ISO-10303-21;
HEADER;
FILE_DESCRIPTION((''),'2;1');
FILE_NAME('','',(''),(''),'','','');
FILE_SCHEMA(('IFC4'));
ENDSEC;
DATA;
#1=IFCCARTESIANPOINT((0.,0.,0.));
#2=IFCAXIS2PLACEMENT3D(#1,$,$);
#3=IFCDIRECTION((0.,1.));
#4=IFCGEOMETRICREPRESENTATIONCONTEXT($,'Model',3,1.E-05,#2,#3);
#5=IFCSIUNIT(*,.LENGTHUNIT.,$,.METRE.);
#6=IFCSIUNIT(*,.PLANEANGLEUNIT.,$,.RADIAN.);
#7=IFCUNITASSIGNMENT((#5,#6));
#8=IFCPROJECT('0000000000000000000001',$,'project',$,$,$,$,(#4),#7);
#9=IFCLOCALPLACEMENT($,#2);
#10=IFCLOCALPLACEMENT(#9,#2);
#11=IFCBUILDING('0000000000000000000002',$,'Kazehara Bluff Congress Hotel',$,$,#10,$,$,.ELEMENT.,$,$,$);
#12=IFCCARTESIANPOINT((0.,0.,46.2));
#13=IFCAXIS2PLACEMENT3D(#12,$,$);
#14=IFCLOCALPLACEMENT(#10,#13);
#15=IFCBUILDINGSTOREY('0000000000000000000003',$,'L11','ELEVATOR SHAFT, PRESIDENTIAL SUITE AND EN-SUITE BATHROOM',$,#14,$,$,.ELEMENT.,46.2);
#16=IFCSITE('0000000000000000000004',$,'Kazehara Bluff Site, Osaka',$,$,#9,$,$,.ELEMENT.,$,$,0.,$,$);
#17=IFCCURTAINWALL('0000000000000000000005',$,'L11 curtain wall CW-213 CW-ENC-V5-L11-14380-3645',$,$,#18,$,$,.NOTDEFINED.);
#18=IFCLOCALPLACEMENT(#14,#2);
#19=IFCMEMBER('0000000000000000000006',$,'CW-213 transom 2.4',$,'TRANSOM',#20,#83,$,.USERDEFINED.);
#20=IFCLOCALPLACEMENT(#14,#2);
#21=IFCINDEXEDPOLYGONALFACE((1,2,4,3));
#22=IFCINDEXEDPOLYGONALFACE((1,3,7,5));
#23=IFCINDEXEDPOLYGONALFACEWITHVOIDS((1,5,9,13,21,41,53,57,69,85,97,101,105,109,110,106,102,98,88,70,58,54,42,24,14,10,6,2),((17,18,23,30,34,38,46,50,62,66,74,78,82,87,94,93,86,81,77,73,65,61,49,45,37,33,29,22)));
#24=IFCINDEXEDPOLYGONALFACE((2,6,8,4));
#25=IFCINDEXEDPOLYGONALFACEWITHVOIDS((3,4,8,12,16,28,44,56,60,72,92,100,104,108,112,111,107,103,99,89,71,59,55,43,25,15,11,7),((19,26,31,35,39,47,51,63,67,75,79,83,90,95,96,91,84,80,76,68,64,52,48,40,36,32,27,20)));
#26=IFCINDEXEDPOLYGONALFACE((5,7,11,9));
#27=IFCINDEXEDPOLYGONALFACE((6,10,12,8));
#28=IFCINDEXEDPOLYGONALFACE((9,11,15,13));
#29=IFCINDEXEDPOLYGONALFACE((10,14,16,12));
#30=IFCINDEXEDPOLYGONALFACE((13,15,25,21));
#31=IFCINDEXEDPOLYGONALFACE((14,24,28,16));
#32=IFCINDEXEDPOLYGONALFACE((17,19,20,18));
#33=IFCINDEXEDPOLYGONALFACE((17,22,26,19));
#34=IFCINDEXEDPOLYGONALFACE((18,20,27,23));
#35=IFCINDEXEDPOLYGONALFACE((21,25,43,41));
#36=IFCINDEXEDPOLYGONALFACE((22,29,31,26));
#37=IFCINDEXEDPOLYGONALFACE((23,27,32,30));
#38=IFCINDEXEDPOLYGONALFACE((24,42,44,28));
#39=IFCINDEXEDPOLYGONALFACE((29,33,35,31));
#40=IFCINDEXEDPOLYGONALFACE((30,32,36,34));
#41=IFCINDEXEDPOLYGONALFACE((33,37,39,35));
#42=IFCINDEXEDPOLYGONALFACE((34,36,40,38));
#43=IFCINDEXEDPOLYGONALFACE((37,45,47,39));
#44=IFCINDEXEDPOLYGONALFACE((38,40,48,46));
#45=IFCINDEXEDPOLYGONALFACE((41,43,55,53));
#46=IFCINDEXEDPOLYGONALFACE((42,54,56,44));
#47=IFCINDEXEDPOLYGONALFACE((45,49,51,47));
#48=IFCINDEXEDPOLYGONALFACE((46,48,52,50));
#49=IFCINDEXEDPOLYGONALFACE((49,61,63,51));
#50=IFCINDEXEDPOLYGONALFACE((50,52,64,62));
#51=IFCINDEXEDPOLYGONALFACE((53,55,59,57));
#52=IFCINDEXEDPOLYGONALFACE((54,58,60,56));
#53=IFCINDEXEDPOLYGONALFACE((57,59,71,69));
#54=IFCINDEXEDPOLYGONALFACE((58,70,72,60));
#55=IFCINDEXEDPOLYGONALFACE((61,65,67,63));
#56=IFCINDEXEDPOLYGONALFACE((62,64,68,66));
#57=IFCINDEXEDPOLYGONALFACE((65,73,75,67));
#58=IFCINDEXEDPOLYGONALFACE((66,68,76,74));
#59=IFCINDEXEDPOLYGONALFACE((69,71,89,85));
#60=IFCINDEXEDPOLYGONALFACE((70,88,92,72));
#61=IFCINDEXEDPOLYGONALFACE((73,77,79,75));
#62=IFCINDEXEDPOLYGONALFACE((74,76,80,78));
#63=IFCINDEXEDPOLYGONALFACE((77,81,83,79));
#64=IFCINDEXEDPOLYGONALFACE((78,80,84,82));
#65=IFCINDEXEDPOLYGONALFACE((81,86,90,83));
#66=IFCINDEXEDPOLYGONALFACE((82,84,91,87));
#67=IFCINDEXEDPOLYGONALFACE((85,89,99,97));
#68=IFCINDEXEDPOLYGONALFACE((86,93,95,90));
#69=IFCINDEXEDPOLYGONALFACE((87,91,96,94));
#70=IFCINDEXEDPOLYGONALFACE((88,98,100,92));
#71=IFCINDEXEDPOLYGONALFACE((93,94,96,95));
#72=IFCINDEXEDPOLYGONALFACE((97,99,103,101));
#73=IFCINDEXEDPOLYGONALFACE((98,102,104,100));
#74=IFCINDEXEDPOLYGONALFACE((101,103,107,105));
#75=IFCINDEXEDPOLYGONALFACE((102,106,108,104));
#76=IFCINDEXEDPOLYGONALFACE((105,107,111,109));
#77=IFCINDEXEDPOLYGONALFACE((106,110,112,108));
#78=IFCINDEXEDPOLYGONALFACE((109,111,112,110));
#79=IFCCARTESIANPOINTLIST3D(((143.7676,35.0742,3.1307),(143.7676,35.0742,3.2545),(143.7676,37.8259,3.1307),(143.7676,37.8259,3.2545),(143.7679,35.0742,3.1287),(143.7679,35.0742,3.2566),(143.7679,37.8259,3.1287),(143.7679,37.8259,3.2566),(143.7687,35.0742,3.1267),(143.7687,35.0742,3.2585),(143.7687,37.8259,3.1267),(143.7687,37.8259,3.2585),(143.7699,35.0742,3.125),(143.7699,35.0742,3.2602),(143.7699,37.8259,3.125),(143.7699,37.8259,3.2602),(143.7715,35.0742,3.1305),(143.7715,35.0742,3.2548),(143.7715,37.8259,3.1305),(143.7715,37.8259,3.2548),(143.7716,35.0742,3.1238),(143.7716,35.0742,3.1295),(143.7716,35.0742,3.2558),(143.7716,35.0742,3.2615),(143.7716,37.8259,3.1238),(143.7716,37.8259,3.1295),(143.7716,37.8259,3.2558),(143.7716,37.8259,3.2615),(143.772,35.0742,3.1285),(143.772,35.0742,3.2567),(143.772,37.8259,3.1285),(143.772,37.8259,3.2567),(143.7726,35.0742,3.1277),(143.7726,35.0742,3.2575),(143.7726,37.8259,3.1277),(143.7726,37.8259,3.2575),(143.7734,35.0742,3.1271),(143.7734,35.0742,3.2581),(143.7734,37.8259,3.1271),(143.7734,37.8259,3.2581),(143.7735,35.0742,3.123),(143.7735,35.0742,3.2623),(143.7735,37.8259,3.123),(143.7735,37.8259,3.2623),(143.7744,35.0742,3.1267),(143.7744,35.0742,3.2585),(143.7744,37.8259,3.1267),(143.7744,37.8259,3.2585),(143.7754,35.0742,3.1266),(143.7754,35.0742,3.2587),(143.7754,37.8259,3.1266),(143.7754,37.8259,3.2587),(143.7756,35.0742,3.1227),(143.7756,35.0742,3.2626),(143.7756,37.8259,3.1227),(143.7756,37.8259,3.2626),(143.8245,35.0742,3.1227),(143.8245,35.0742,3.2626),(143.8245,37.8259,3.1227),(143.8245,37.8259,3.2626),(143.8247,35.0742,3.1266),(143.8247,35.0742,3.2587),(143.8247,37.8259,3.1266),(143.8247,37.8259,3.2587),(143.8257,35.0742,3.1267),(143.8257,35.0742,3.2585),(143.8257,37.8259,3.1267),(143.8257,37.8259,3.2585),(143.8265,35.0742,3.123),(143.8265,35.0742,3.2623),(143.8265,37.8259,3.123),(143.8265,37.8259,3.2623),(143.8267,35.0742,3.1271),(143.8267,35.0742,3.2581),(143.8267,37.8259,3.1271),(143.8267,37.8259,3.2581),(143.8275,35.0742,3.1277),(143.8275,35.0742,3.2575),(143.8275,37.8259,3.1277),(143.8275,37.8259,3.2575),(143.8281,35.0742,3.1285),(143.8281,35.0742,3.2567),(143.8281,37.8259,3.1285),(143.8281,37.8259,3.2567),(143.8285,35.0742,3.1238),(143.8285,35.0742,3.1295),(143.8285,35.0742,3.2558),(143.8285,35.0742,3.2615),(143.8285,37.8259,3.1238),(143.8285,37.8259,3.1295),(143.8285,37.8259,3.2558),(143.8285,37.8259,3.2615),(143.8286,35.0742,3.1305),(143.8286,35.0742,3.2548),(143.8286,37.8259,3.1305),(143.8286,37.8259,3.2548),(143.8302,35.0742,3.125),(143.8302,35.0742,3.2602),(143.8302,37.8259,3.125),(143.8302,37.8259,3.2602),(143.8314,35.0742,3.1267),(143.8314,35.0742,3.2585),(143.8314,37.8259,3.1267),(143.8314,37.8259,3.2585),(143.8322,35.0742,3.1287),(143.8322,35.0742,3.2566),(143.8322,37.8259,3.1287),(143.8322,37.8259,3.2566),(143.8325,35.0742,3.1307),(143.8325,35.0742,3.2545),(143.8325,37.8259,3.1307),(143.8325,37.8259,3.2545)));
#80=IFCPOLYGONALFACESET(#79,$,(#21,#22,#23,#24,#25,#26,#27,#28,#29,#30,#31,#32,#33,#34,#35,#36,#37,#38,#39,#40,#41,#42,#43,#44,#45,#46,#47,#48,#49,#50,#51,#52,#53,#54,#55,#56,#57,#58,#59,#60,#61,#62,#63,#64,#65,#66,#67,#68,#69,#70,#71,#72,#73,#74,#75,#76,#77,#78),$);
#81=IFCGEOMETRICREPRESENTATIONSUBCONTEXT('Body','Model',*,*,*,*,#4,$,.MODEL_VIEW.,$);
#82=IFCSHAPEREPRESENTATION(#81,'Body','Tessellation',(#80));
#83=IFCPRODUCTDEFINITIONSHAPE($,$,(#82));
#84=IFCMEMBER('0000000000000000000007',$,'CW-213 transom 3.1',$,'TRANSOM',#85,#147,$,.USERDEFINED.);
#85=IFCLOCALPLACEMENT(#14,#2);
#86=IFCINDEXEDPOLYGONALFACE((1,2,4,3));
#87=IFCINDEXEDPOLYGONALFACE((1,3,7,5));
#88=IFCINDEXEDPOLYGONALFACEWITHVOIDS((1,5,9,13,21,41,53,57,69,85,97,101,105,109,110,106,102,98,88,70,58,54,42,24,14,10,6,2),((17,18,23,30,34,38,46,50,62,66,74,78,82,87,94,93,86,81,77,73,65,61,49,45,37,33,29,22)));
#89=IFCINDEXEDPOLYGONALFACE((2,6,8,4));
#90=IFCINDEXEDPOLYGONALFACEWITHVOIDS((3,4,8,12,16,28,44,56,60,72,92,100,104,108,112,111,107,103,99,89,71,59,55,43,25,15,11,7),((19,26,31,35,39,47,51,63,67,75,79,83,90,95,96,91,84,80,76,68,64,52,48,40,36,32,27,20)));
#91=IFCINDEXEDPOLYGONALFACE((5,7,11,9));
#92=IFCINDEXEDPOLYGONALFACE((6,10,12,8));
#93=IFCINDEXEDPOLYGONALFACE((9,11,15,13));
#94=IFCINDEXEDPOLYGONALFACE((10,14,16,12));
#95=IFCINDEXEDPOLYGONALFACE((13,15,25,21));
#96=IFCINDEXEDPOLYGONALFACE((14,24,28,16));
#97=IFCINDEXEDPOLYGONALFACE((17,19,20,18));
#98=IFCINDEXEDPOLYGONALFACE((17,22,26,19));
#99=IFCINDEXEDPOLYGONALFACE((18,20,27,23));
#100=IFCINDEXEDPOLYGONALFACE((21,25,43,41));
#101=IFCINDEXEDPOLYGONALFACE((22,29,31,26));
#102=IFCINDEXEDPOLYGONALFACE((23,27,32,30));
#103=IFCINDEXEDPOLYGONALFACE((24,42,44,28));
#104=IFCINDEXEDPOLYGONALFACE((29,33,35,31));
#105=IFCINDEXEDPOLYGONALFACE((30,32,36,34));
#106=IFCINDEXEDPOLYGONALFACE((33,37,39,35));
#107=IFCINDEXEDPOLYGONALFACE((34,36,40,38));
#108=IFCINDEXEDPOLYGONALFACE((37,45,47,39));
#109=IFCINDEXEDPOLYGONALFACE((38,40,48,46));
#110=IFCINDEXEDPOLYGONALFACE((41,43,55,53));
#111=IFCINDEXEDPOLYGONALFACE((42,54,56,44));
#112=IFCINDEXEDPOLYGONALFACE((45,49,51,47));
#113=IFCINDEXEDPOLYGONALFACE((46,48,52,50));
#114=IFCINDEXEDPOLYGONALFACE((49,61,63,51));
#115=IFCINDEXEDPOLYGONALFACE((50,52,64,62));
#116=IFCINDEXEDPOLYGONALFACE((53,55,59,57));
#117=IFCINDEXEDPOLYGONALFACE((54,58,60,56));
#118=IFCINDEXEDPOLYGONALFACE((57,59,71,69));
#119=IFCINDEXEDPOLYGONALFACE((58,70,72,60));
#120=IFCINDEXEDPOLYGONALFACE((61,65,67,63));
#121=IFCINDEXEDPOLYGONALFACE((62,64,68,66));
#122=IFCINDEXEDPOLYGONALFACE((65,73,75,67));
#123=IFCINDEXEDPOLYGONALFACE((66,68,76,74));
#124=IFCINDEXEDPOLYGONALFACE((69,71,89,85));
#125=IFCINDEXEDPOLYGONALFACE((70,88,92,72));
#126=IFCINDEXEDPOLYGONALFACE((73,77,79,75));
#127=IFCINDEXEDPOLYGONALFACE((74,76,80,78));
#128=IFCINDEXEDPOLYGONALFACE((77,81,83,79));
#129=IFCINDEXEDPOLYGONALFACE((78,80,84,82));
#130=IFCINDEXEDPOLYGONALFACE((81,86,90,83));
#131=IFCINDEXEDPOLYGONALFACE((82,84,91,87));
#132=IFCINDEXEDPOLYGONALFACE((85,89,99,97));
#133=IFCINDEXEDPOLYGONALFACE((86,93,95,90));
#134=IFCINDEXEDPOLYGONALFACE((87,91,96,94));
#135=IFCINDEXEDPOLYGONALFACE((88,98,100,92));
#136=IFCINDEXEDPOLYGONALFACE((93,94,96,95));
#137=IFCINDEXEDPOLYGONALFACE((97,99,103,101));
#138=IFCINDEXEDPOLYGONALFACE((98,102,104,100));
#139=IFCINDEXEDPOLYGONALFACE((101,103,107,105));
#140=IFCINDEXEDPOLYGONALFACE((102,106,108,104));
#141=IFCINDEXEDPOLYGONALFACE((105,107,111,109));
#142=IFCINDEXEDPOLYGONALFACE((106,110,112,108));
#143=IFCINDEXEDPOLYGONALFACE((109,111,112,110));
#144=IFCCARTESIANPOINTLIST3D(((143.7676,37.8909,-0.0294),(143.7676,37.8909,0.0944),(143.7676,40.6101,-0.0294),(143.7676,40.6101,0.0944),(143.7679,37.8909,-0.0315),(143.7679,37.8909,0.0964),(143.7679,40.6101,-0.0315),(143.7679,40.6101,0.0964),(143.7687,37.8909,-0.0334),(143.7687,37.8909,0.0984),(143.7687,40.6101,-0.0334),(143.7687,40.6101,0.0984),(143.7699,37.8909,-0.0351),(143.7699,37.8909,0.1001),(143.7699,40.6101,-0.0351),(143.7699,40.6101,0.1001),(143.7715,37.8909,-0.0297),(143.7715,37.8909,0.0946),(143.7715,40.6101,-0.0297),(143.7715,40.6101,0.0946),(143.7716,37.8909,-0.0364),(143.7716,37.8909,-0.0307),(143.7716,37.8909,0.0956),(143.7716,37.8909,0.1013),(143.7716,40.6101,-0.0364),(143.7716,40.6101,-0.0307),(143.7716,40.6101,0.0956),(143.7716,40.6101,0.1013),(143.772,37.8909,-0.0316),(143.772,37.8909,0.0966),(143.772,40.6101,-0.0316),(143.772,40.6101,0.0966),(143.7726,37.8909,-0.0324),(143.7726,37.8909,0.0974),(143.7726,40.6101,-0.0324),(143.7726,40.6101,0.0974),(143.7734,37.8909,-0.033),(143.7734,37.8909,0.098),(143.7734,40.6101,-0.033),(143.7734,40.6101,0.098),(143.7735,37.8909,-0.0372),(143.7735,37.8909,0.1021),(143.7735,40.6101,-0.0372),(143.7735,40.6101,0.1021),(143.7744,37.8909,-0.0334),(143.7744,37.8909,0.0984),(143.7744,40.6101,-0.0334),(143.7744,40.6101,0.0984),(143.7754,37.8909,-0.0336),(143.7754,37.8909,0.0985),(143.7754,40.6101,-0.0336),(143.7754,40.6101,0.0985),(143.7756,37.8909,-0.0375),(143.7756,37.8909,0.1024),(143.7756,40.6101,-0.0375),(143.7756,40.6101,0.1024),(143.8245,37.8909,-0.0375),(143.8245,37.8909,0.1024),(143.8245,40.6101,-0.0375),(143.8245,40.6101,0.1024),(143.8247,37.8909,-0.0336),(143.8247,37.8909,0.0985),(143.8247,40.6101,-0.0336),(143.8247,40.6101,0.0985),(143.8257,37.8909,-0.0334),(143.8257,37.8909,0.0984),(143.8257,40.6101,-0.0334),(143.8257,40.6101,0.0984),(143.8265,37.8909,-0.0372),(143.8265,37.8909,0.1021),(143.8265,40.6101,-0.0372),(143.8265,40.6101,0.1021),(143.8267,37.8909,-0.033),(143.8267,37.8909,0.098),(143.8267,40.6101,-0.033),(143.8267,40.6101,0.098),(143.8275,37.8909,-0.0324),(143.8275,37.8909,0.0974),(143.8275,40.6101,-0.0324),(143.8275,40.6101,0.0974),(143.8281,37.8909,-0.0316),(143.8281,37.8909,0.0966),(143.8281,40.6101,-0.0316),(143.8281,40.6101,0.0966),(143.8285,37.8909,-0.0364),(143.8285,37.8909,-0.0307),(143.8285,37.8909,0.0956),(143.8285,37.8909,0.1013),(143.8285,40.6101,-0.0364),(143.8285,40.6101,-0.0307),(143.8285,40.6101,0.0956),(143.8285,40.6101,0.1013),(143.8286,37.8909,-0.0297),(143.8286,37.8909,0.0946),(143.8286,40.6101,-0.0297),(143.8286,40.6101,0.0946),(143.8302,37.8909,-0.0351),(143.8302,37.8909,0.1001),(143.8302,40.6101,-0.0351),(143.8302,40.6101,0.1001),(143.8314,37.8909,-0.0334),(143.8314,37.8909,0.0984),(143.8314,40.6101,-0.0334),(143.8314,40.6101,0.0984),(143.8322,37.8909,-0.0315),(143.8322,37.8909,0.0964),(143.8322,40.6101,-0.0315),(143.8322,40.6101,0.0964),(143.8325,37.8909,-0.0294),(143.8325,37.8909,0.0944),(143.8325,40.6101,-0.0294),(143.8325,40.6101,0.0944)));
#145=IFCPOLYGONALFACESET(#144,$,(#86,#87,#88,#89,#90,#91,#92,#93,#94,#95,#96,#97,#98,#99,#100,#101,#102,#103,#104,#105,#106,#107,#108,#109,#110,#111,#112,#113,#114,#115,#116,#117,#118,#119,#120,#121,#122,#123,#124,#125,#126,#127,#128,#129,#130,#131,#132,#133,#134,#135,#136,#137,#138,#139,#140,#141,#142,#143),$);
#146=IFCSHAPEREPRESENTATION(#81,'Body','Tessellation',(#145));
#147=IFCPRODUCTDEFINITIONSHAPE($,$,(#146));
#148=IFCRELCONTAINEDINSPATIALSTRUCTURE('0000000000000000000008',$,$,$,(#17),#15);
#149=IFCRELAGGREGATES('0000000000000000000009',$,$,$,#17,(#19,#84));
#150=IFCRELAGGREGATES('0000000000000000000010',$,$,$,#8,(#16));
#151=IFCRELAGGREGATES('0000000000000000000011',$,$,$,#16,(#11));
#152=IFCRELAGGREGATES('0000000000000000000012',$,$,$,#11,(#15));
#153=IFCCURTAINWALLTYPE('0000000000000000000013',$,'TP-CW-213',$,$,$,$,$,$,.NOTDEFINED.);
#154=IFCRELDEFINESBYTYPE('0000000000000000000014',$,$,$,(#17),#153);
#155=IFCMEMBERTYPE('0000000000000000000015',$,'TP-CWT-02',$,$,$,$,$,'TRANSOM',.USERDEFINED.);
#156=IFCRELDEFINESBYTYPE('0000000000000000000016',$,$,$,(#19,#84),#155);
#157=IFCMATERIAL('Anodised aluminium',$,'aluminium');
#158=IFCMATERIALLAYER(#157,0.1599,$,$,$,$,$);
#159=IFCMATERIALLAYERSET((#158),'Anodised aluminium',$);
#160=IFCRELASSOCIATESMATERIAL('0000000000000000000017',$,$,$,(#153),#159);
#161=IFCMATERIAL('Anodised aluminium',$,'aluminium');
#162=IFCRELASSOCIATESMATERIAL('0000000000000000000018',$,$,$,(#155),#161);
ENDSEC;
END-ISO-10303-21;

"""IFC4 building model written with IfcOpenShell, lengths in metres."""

from ifc_helpers import new_model, si_unit, direction, frame, origin, origin_2d, place, context, subcontext, project, spatial, hollow_rectangle, extrude, material, layer, layer_set, material_profile, profile_set, type_object, element, aggregate, save


model = new_model("IFC4")

# Units and contexts
model_context = context("Model", 3, precision=1e-05, world=origin(), true_north=direction((0.0, 1.0)))
body_context = subcontext(model_context, "Body", "Model", "MODEL_VIEW")
ifc_project = project(units=[si_unit("LENGTHUNIT", "METRE"), si_unit("PLANEANGLEUNIT", "RADIAN")], contexts=[model_context])

# Site, building, storey
site_placement = place(None, origin())
site = spatial("IfcSite", under=ifc_project, at=site_placement, Name="Kazehara Bluff Site, Osaka", CompositionType="ELEMENT", RefElevation=0.0)
building_placement = place(site_placement, origin())
building = spatial("IfcBuilding", under=site, at=building_placement, Name="Kazehara Bluff Congress Hotel", CompositionType="ELEMENT")
storey_placement = place(building_placement, frame((0.0, 0.0, 46.2)))
storey = spatial("IfcBuildingStorey", under=building, at=storey_placement, Name="L11", Description="ELEVATOR SHAFT, PRESIDENTIAL SUITE AND EN-SUITE BATHROOM", CompositionType="ELEMENT", Elevation=46.2)

# Curtain wall, members
ifc_material_1 = material(Name="Anodised aluminium", Category="aluminium")
ifc_layer_1 = layer(ifc_material_1, 0.1599)
ifc_layer_set_1 = layer_set([ifc_layer_1], Name="Anodised aluminium")
curtain_wall_type = type_object("IfcCurtainWallType", Name="TP-CW-213", PredefinedType="NOTDEFINED", material=ifc_layer_set_1)
curtain_wall_placement = place(storey_placement, origin())
curtain_wall = element("IfcCurtainWall", 1, at=curtain_wall_placement, inside=storey, type_object=curtain_wall_type, Name="L11 curtain wall CW-213 CW-ENC-V5-L11-14380-3645", PredefinedType="NOTDEFINED")
ifc_material_2 = material(Name="Anodised aluminium", Category="aluminium")
ifc_material_profile_1 = material_profile(ifc_material_2, hollow_rectangle(XDim=0.0649, YDim=0.1399, WallThickness=0.0039, InnerFilletRadius=0.0039, OuterFilletRadius=0.0081, at=origin_2d()))
ifc_profile_set_1 = profile_set([ifc_material_profile_1], Name="Anodised aluminium")
member_type = type_object("IfcMemberType", Name="TP-CWT-02", ElementType="TRANSOM", PredefinedType="USERDEFINED", material=ifc_profile_set_1)
member_1_placement = place(storey_placement, frame((143.8, 35.0742, 3.1926), z_axis=(0.0, 1.0, 0.0), x_axis=(-1.0, 0.0, 0.0)))
member_1 = element("IfcMember", 2, at=member_1_placement, type_object=member_type, Name="CW-213 transom 2.4", ObjectType="TRANSOM", PredefinedType="USERDEFINED", context=body_context, shape_type="SweptSolid", body=[
    extrude(hollow_rectangle(XDim=0.0649, YDim=0.1399, WallThickness=0.0039, InnerFilletRadius=0.0039, OuterFilletRadius=0.0081, at=origin_2d()), origin(), (0.0, 0.0, 1.0), 2.7517),
])
member_2_placement = place(storey_placement, frame((143.8, 37.8909, 0.0325), z_axis=(0.0, 1.0, 0.0), x_axis=(-1.0, 0.0, 0.0)))
member_2 = element("IfcMember", 3, at=member_2_placement, type_object=member_type, Name="CW-213 transom 3.1", ObjectType="TRANSOM", PredefinedType="USERDEFINED", context=body_context, shape_type="SweptSolid", body=[
    extrude(hollow_rectangle(XDim=0.0649, YDim=0.1399, WallThickness=0.0039, InnerFilletRadius=0.0039, OuterFilletRadius=0.0081, at=origin_2d()), origin(), (0.0, 0.0, 1.0), 2.7192),
])

aggregate(curtain_wall, [member_1, member_2])

save(model, "model.ifc")
